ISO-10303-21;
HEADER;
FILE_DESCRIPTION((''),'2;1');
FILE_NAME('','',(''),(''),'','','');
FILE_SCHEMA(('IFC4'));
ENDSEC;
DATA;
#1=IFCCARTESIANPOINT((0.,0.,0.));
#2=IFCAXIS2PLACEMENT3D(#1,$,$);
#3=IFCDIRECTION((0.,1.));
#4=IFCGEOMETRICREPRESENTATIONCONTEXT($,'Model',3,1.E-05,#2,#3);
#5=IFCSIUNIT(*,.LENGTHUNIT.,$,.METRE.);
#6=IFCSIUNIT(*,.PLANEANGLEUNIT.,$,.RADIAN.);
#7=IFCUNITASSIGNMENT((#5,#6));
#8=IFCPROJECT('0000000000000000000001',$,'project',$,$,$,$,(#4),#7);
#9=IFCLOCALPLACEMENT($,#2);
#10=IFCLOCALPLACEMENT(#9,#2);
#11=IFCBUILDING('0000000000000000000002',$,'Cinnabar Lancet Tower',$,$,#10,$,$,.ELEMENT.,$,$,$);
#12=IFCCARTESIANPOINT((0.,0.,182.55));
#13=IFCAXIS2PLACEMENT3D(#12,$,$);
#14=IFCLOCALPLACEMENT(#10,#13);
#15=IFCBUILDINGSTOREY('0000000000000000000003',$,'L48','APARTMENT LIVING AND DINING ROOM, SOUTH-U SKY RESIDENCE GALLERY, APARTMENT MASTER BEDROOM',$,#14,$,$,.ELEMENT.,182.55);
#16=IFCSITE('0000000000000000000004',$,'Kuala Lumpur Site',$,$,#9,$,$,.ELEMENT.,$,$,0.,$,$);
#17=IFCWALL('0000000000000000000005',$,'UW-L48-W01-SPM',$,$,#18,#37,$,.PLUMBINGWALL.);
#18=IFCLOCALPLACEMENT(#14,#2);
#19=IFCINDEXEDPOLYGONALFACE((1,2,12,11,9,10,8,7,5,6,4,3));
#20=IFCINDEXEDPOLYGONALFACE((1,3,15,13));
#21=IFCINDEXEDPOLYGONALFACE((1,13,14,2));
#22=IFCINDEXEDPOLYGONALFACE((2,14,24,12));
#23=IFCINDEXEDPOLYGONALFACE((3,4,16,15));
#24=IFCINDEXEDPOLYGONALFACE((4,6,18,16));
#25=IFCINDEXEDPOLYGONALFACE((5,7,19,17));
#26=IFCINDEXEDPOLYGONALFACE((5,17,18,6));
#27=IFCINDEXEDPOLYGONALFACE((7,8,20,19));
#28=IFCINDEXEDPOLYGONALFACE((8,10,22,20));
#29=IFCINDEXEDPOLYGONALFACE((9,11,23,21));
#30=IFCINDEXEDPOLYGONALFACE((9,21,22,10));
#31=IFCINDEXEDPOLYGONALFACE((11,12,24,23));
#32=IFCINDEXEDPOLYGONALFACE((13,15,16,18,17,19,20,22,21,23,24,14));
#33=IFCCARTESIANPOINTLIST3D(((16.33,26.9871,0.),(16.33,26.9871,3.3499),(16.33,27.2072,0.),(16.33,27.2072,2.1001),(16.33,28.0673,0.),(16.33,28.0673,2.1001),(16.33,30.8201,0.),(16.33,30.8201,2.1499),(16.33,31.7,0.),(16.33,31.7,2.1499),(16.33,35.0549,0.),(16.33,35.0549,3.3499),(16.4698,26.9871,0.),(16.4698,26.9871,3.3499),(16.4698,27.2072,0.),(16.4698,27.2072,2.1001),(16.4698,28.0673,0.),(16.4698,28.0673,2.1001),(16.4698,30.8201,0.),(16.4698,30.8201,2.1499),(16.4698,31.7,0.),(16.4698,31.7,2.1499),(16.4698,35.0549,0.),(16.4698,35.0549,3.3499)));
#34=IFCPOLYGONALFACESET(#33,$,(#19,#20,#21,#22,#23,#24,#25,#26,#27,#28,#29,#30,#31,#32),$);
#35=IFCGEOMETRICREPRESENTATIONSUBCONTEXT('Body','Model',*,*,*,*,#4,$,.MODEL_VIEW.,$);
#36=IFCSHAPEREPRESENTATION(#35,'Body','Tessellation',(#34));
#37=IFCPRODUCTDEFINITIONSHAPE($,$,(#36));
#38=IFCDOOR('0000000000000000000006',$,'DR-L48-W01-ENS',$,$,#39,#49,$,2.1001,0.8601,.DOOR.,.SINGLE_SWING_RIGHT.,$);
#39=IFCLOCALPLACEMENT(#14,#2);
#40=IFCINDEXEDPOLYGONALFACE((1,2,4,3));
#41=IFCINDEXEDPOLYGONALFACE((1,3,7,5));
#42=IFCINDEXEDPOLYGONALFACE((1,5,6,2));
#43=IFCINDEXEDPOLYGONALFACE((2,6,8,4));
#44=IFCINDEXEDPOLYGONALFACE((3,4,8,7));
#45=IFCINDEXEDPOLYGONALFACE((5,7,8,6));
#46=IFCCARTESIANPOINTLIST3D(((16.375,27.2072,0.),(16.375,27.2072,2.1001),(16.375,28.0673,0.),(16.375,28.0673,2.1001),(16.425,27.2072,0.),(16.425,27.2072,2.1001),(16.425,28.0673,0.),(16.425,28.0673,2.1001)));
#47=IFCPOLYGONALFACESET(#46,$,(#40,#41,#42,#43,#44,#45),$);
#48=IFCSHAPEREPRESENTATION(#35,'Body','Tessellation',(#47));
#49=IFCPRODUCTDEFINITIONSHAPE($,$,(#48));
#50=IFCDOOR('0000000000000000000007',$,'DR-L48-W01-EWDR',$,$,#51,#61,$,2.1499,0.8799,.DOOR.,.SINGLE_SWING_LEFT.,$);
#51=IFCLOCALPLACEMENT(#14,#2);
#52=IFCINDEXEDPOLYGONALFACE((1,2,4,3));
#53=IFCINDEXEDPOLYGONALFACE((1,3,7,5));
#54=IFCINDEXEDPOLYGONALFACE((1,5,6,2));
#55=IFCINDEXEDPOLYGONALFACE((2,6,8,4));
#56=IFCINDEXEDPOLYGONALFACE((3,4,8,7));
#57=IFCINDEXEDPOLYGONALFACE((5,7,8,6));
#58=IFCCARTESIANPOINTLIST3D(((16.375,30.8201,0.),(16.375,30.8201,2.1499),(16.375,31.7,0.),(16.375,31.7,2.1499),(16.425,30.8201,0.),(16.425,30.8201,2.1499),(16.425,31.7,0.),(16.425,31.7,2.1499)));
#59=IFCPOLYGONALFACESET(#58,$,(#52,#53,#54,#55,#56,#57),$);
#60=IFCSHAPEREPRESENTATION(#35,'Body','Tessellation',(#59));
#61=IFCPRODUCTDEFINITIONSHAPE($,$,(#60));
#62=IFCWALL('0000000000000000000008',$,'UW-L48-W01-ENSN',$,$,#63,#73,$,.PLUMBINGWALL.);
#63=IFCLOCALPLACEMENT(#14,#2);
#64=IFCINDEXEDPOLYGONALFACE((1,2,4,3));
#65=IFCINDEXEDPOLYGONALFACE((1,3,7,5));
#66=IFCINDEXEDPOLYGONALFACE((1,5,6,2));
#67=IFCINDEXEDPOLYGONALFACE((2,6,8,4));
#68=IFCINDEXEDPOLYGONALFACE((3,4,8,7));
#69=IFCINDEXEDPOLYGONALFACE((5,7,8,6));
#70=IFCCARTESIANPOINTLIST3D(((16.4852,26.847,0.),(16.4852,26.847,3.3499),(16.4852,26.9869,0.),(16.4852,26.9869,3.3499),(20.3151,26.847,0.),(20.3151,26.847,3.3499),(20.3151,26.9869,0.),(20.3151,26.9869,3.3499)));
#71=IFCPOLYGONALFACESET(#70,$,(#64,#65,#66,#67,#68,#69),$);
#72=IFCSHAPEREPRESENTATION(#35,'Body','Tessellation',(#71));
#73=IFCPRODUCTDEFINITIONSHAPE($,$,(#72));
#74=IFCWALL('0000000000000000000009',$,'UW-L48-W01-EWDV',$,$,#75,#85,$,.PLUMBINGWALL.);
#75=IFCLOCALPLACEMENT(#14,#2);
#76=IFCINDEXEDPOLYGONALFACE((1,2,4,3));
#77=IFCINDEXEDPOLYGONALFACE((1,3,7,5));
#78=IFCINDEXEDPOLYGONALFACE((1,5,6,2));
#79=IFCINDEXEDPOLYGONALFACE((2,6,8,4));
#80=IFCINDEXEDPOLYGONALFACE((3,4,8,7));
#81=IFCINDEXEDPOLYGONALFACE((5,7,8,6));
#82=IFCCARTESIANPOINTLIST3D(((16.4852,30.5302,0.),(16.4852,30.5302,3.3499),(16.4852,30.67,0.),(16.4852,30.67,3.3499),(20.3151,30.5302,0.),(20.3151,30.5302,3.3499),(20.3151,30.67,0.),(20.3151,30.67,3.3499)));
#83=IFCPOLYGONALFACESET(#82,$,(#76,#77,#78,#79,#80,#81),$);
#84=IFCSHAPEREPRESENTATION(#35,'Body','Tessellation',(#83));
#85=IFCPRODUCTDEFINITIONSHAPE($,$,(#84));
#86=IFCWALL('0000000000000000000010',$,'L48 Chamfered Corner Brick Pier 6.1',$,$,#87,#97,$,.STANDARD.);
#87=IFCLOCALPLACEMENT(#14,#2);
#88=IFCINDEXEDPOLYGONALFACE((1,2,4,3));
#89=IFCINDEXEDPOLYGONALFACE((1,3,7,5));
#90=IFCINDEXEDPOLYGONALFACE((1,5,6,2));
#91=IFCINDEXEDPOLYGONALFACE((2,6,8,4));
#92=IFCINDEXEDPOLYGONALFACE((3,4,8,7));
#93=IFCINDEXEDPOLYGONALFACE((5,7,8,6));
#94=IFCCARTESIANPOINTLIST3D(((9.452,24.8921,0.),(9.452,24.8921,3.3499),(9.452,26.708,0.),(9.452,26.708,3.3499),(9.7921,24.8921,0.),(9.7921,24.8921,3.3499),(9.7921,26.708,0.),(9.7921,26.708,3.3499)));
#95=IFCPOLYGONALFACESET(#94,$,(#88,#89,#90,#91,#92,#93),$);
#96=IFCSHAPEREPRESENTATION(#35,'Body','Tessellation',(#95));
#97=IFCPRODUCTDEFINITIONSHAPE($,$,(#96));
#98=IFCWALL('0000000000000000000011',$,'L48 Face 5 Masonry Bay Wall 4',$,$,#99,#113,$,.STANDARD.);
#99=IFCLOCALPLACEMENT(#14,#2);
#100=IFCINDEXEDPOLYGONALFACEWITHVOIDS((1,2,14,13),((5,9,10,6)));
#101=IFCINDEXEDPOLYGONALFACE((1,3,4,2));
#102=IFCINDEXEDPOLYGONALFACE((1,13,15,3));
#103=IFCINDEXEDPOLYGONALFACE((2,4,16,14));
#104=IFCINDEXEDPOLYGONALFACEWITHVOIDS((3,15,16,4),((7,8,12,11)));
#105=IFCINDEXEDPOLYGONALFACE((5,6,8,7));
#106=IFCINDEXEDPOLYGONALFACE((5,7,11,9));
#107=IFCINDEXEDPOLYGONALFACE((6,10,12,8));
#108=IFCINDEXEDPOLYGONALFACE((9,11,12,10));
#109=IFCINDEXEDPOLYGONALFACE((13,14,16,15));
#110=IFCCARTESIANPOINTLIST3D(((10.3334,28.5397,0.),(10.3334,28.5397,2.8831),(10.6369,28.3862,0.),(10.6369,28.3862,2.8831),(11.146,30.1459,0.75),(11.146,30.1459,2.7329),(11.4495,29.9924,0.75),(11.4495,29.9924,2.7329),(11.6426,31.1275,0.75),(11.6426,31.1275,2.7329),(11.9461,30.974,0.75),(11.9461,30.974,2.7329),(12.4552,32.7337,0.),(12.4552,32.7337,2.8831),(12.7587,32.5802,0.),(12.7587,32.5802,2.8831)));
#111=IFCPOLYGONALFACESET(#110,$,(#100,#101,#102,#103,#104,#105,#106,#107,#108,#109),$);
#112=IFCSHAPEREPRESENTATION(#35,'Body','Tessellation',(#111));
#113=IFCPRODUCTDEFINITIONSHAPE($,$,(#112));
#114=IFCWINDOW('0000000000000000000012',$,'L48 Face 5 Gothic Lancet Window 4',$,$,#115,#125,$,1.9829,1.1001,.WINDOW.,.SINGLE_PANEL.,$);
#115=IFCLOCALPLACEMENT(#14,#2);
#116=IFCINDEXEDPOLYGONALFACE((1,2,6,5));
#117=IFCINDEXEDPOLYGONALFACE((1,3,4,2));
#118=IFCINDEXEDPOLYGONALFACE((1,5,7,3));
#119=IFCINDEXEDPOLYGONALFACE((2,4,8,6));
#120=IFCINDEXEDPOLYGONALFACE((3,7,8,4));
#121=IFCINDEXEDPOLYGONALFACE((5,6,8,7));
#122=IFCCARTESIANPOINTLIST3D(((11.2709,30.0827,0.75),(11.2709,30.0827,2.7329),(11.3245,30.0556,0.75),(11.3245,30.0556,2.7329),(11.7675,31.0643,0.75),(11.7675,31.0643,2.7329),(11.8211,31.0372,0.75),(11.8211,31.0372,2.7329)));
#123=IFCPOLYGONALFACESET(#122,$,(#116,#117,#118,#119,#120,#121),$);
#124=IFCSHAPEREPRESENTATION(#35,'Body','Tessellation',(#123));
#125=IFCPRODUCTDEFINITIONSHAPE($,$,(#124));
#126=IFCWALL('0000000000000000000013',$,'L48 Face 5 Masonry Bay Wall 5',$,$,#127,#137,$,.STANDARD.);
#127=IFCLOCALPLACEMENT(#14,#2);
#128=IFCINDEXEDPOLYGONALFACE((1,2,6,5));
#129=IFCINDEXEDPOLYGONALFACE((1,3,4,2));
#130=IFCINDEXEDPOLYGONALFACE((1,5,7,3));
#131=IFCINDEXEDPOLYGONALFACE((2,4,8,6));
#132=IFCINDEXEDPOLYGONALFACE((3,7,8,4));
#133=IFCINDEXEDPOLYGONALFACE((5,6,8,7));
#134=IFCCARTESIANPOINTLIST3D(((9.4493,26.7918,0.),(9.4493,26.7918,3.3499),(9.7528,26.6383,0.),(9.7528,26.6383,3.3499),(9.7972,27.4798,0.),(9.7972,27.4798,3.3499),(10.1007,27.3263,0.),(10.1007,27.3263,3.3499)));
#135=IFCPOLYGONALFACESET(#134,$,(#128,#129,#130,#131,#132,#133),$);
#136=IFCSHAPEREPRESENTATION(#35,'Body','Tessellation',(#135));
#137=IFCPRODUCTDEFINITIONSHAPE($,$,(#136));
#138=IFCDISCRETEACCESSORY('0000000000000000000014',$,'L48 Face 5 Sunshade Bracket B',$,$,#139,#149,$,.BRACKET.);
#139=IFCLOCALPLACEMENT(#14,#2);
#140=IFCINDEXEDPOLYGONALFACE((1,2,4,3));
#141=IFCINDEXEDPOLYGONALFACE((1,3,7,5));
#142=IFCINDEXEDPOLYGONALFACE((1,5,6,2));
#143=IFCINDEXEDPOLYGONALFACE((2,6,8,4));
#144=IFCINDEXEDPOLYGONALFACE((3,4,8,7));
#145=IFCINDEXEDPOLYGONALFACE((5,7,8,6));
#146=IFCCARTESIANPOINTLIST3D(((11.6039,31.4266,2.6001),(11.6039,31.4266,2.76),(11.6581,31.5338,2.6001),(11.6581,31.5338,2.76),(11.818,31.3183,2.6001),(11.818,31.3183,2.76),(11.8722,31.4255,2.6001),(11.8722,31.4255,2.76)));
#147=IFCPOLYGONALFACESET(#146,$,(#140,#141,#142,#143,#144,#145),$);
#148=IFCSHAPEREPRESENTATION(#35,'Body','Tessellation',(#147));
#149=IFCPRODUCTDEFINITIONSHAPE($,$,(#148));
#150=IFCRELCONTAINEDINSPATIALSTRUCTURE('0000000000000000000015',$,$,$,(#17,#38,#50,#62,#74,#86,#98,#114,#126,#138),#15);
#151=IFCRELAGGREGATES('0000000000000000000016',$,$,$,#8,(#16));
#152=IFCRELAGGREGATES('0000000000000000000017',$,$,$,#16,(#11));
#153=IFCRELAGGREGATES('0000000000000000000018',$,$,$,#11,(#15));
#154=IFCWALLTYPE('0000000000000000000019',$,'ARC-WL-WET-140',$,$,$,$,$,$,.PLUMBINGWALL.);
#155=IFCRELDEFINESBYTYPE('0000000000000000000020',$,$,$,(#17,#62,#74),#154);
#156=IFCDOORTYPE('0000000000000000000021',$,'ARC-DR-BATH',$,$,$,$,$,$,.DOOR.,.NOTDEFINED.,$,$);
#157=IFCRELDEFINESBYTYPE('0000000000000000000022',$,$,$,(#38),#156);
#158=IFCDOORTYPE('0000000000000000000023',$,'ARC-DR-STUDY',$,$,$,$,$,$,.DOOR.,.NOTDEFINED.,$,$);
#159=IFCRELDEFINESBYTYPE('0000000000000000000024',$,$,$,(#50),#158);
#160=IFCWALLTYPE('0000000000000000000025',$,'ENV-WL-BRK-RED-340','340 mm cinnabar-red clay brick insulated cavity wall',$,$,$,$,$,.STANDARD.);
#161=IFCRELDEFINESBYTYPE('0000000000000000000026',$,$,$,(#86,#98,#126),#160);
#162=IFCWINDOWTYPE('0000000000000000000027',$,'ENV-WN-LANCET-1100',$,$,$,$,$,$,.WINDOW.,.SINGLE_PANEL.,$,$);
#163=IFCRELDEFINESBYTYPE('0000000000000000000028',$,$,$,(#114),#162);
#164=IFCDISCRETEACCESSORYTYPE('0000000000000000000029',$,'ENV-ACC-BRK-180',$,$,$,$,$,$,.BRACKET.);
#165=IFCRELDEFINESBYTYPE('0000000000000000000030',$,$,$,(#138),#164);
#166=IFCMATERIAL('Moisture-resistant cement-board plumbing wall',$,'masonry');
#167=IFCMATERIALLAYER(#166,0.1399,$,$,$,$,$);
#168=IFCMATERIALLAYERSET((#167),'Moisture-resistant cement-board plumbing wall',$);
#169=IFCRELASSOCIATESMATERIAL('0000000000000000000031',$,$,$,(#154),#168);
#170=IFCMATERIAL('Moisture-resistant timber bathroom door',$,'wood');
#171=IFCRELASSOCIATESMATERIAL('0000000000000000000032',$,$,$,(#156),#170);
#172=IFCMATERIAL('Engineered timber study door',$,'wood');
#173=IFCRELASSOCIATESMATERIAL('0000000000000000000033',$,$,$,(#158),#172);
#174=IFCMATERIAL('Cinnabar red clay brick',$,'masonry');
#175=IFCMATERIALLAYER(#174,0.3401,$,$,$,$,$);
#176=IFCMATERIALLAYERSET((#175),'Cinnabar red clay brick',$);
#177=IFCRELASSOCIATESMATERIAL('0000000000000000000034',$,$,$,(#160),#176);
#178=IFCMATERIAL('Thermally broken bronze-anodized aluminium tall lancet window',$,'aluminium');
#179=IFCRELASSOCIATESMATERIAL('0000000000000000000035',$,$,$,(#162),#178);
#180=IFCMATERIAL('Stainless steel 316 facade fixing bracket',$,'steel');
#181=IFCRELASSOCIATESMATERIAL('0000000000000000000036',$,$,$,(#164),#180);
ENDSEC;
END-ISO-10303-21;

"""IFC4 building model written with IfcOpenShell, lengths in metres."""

from ifc_helpers import new_model, si_unit, direction, frame, frame_2d, origin, origin_2d, place, context, subcontext, project, spatial, rectangle, extrude, material, layer, layer_set, type_object, element, fill, save


model = new_model("IFC4")

# Units and contexts
model_context = context("Model", 3, precision=1e-05, world=origin(), true_north=direction((0.0, 1.0)))
body_context = subcontext(model_context, "Body", "Model", "MODEL_VIEW")
ifc_project = project(units=[si_unit("LENGTHUNIT", "METRE"), si_unit("PLANEANGLEUNIT", "RADIAN")], contexts=[model_context])

# Site, building, storey
site_placement = place(None, origin())
site = spatial("IfcSite", under=ifc_project, at=site_placement, Name="Kuala Lumpur Site", CompositionType="ELEMENT", RefElevation=0.0)
building_placement = place(site_placement, origin())
building = spatial("IfcBuilding", under=site, at=building_placement, Name="Cinnabar Lancet Tower", CompositionType="ELEMENT")
storey_placement = place(building_placement, frame((0.0, 0.0, 182.55)))
storey = spatial("IfcBuildingStorey", under=building, at=storey_placement, Name="L48", Description="APARTMENT LIVING AND DINING ROOM, SOUTH-U SKY RESIDENCE GALLERY, APARTMENT MASTER BEDROOM", CompositionType="ELEMENT", Elevation=182.55)

# Wall, openings, doors
ifc_material_1 = material(Name="Moisture-resistant cement-board plumbing wall", Category="masonry")
ifc_layer_1 = layer(ifc_material_1, 0.1399)
ifc_layer_set_1 = layer_set([ifc_layer_1], Name="Moisture-resistant cement-board plumbing wall")
wall_type_1 = type_object("IfcWallType", Name="ARC-WL-WET-140", PredefinedType="PLUMBINGWALL", material=ifc_layer_set_1)
wall_1_placement = place(storey_placement, frame((16.3999, 26.9871, 0.0), z_axis=(0.0, 0.0, 1.0), x_axis=(0.0, 1.0, 0.0)))
wall_1 = element("IfcWall", 1, at=wall_1_placement, inside=storey, type_object=wall_type_1, Name="UW-L48-W01-SPM", PredefinedType="PLUMBINGWALL", context=body_context, shape_type="SweptSolid", body=[
    extrude(rectangle(XDim=8.0679, YDim=0.1399, at=frame_2d((4.0339, 0.0))), origin(), (0.0, 0.0, 1.0), 3.3499),
])
opening_1_placement = place(wall_1_placement, frame((0.22, 0.0, 0.0)))
opening_1 = element("IfcOpeningElement", 2, at=opening_1_placement, cuts=wall_1, PredefinedType="OPENING", context=body_context, shape_type="SweptSolid", body=[
    extrude(rectangle(XDim=0.8601, YDim=2.1001, at=frame_2d((0.4302, 1.05))), frame((0.0, 0.0798, 0.0), z_axis=(0.0, -1.0, 0.0), x_axis=(1.0, 0.0, 0.0)), (0.0, 0.0, 1.0), 0.1599),
])
opening_2_placement = place(wall_1_placement, frame((3.833, 0.0, 0.0)))
opening_2 = element("IfcOpeningElement", 3, at=opening_2_placement, cuts=wall_1, PredefinedType="OPENING", context=body_context, shape_type="SweptSolid", body=[
    extrude(rectangle(XDim=0.8799, YDim=2.1499, at=frame_2d((0.4399, 1.075))), frame((0.0, 0.0798, 0.0), z_axis=(0.0, -1.0, 0.0), x_axis=(1.0, 0.0, 0.0)), (0.0, 0.0, 1.0), 0.1599),
])
ifc_material_2 = material(Name="Moisture-resistant timber bathroom door", Category="wood")
door_type_1 = type_object("IfcDoorType", Name="ARC-DR-BATH", OperationType="NOTDEFINED", PredefinedType="DOOR", material=ifc_material_2)
door_1_placement = place(opening_1_placement, origin())
door_1 = element("IfcDoor", 4, at=door_1_placement, inside=storey, type_object=door_type_1, Name="DR-L48-W01-ENS", OperationType="SINGLE_SWING_RIGHT", OverallHeight=2.1001, OverallWidth=0.8601, PredefinedType="DOOR", context=body_context, shape_type="SweptSolid", body=[
    extrude(rectangle(XDim=0.8601, YDim=2.1001, at=frame_2d((0.4302, 1.05))), frame((0.0, 0.0249, 0.0), z_axis=(0.0, -1.0, 0.0), x_axis=(1.0, 0.0, 0.0)), (0.0, 0.0, 1.0), 0.05),
])
fill(opening_1, door_1)
ifc_material_3 = material(Name="Engineered timber study door", Category="wood")
door_type_2 = type_object("IfcDoorType", Name="ARC-DR-STUDY", OperationType="NOTDEFINED", PredefinedType="DOOR", material=ifc_material_3)
door_2_placement = place(opening_2_placement, origin())
door_2 = element("IfcDoor", 5, at=door_2_placement, inside=storey, type_object=door_type_2, Name="DR-L48-W01-EWDR", OperationType="SINGLE_SWING_LEFT", OverallHeight=2.1499, OverallWidth=0.8799, PredefinedType="DOOR", context=body_context, shape_type="SweptSolid", body=[
    extrude(rectangle(XDim=0.8799, YDim=2.1499, at=frame_2d((0.4399, 1.075))), frame((0.0, 0.0249, 0.0), z_axis=(0.0, -1.0, 0.0), x_axis=(1.0, 0.0, 0.0)), (0.0, 0.0, 1.0), 0.05),
])
fill(opening_2, door_2)

# Walls
for number, where, z_axis, x_axis, name in (
    (6, (16.4851, 26.917, 0.0), (0.0, 0.0, 1.0), (1.0, 0.0, 0.0), "UW-L48-W01-ENSN"),
    (7, (16.4851, 30.6001, 0.0), (0.0, 0.0, 1.0), (1.0, 0.0, 0.0), "UW-L48-W01-EWDV"),
):
    element("IfcWall", number, at=place(storey_placement, frame(where, z_axis=z_axis, x_axis=x_axis)), inside=storey, type_object=wall_type_1, Name=name, PredefinedType="PLUMBINGWALL", context=body_context, shape_type="SweptSolid", body=[
        extrude(rectangle(XDim=3.8298, YDim=0.1399, at=frame_2d((1.915, 0.0))), origin(), (0.0, 0.0, 1.0), 3.3499),
    ])
ifc_material_4 = material(Name="Cinnabar red clay brick", Category="masonry")
ifc_layer_2 = layer(ifc_material_4, 0.3401)
ifc_layer_set_2 = layer_set([ifc_layer_2], Name="Cinnabar red clay brick")
wall_type_2 = type_object("IfcWallType", Name="ENV-WL-BRK-RED-340", Description="340 mm cinnabar-red clay brick insulated cavity wall", PredefinedType="STANDARD", material=ifc_layer_set_2)
wall_2_placement = place(storey_placement, frame((9.6221, 26.708, 0.0), z_axis=(0.0, 0.0, 1.0), x_axis=(0.0, -1.0, 0.0)))
element("IfcWall", 8, at=wall_2_placement, inside=storey, type_object=wall_type_2, Name="L48 Chamfered Corner Brick Pier 6.1", PredefinedType="STANDARD", context=body_context, shape_type="SweptSolid", body=[
    extrude(rectangle(XDim=1.8159, YDim=0.3401, at=frame_2d((0.908, 0.0))), origin(), (0.0, 0.0, 1.0), 3.3499),
])

# Wall, opening, window
wall_3_placement = place(storey_placement, frame((12.6069, 32.657, 0.0), z_axis=(0.0, 0.0, 1.0), x_axis=(-0.451426, -0.892308, 0.0)))
wall_3 = element("IfcWall", 9, at=wall_3_placement, inside=storey, type_object=wall_type_2, Name="L48 Face 5 Masonry Bay Wall 4", PredefinedType="STANDARD", context=body_context, shape_type="SweptSolid", body=[
    extrude(rectangle(XDim=4.7002, YDim=0.3401, at=frame_2d((2.3501, 0.0))), origin(), (0.0, 0.0, 1.0), 2.8831),
])
opening_3_placement = place(wall_3_placement, frame((1.8, 0.0, 0.75)))
opening_3 = element("IfcOpeningElement", 10, at=opening_3_placement, cuts=wall_3, PredefinedType="OPENING", context=body_context, shape_type="SweptSolid", body=[
    extrude(rectangle(XDim=1.1001, YDim=1.9829, at=frame_2d((0.55, 0.9915))), frame((0.0, 0.1799, 0.0), z_axis=(0.0, -1.0, 0.0), x_axis=(1.0, 0.0, 0.0)), (0.0, 0.0, 1.0), 0.3601),
])
ifc_material_5 = material(Name="Thermally broken bronze-anodized aluminium tall lancet window", Category="aluminium")
window_type = type_object("IfcWindowType", Name="ENV-WN-LANCET-1100", PartitioningType="SINGLE_PANEL", PredefinedType="WINDOW", material=ifc_material_5)
window_placement = place(opening_3_placement, origin())
window = element("IfcWindow", 11, at=window_placement, inside=storey, type_object=window_type, Name="L48 Face 5 Gothic Lancet Window 4", OverallHeight=1.9829, OverallWidth=1.1001, PartitioningType="SINGLE_PANEL", PredefinedType="WINDOW", context=body_context, shape_type="SweptSolid", body=[
    extrude(rectangle(XDim=1.1001, YDim=1.9829, at=frame_2d((0.55, 0.9915))), frame((0.0, 0.03, 0.0), z_axis=(0.0, -1.0, 0.0), x_axis=(1.0, 0.0, 0.0)), (0.0, 0.0, 1.0), 0.0601),
])
fill(opening_3, window)

# Wall
wall_4_placement = place(storey_placement, frame((9.949, 27.4031, 0.0), z_axis=(0.0, 0.0, 1.0), x_axis=(-0.451262, -0.892391, 0.0)))
element("IfcWall", 12, at=wall_4_placement, inside=storey, type_object=wall_type_2, Name="L48 Face 5 Masonry Bay Wall 5", PredefinedType="STANDARD", context=body_context, shape_type="SweptSolid", body=[
    extrude(rectangle(XDim=0.771, YDim=0.3401, at=frame_2d((0.3855, 0.0))), origin(), (0.0, 0.0, 1.0), 3.3499),
])

# Discrete accessory
ifc_material_6 = material(Name="Stainless steel 316 facade fixing bracket", Category="steel")
discrete_accessory_type = type_object("IfcDiscreteAccessoryType", Name="ENV-ACC-BRK-180", PredefinedType="BRACKET", material=ifc_material_6)
discrete_accessory_placement = place(storey_placement, frame((11.738, 31.426, 2.6001), z_axis=(0.0, 0.0, 1.0), x_axis=(-0.451407, -0.892318, 0.0)))
element("IfcDiscreteAccessory", 13, at=discrete_accessory_placement, inside=storey, type_object=discrete_accessory_type, Name="L48 Face 5 Sunshade Bracket B", PredefinedType="BRACKET", context=body_context, shape_type="SweptSolid", body=[
    extrude(rectangle(XDim=0.1201, YDim=0.24, at=origin_2d()), origin(), (0.0, 0.0, 1.0), 0.1599),
])

save(model, "model.ifc")
